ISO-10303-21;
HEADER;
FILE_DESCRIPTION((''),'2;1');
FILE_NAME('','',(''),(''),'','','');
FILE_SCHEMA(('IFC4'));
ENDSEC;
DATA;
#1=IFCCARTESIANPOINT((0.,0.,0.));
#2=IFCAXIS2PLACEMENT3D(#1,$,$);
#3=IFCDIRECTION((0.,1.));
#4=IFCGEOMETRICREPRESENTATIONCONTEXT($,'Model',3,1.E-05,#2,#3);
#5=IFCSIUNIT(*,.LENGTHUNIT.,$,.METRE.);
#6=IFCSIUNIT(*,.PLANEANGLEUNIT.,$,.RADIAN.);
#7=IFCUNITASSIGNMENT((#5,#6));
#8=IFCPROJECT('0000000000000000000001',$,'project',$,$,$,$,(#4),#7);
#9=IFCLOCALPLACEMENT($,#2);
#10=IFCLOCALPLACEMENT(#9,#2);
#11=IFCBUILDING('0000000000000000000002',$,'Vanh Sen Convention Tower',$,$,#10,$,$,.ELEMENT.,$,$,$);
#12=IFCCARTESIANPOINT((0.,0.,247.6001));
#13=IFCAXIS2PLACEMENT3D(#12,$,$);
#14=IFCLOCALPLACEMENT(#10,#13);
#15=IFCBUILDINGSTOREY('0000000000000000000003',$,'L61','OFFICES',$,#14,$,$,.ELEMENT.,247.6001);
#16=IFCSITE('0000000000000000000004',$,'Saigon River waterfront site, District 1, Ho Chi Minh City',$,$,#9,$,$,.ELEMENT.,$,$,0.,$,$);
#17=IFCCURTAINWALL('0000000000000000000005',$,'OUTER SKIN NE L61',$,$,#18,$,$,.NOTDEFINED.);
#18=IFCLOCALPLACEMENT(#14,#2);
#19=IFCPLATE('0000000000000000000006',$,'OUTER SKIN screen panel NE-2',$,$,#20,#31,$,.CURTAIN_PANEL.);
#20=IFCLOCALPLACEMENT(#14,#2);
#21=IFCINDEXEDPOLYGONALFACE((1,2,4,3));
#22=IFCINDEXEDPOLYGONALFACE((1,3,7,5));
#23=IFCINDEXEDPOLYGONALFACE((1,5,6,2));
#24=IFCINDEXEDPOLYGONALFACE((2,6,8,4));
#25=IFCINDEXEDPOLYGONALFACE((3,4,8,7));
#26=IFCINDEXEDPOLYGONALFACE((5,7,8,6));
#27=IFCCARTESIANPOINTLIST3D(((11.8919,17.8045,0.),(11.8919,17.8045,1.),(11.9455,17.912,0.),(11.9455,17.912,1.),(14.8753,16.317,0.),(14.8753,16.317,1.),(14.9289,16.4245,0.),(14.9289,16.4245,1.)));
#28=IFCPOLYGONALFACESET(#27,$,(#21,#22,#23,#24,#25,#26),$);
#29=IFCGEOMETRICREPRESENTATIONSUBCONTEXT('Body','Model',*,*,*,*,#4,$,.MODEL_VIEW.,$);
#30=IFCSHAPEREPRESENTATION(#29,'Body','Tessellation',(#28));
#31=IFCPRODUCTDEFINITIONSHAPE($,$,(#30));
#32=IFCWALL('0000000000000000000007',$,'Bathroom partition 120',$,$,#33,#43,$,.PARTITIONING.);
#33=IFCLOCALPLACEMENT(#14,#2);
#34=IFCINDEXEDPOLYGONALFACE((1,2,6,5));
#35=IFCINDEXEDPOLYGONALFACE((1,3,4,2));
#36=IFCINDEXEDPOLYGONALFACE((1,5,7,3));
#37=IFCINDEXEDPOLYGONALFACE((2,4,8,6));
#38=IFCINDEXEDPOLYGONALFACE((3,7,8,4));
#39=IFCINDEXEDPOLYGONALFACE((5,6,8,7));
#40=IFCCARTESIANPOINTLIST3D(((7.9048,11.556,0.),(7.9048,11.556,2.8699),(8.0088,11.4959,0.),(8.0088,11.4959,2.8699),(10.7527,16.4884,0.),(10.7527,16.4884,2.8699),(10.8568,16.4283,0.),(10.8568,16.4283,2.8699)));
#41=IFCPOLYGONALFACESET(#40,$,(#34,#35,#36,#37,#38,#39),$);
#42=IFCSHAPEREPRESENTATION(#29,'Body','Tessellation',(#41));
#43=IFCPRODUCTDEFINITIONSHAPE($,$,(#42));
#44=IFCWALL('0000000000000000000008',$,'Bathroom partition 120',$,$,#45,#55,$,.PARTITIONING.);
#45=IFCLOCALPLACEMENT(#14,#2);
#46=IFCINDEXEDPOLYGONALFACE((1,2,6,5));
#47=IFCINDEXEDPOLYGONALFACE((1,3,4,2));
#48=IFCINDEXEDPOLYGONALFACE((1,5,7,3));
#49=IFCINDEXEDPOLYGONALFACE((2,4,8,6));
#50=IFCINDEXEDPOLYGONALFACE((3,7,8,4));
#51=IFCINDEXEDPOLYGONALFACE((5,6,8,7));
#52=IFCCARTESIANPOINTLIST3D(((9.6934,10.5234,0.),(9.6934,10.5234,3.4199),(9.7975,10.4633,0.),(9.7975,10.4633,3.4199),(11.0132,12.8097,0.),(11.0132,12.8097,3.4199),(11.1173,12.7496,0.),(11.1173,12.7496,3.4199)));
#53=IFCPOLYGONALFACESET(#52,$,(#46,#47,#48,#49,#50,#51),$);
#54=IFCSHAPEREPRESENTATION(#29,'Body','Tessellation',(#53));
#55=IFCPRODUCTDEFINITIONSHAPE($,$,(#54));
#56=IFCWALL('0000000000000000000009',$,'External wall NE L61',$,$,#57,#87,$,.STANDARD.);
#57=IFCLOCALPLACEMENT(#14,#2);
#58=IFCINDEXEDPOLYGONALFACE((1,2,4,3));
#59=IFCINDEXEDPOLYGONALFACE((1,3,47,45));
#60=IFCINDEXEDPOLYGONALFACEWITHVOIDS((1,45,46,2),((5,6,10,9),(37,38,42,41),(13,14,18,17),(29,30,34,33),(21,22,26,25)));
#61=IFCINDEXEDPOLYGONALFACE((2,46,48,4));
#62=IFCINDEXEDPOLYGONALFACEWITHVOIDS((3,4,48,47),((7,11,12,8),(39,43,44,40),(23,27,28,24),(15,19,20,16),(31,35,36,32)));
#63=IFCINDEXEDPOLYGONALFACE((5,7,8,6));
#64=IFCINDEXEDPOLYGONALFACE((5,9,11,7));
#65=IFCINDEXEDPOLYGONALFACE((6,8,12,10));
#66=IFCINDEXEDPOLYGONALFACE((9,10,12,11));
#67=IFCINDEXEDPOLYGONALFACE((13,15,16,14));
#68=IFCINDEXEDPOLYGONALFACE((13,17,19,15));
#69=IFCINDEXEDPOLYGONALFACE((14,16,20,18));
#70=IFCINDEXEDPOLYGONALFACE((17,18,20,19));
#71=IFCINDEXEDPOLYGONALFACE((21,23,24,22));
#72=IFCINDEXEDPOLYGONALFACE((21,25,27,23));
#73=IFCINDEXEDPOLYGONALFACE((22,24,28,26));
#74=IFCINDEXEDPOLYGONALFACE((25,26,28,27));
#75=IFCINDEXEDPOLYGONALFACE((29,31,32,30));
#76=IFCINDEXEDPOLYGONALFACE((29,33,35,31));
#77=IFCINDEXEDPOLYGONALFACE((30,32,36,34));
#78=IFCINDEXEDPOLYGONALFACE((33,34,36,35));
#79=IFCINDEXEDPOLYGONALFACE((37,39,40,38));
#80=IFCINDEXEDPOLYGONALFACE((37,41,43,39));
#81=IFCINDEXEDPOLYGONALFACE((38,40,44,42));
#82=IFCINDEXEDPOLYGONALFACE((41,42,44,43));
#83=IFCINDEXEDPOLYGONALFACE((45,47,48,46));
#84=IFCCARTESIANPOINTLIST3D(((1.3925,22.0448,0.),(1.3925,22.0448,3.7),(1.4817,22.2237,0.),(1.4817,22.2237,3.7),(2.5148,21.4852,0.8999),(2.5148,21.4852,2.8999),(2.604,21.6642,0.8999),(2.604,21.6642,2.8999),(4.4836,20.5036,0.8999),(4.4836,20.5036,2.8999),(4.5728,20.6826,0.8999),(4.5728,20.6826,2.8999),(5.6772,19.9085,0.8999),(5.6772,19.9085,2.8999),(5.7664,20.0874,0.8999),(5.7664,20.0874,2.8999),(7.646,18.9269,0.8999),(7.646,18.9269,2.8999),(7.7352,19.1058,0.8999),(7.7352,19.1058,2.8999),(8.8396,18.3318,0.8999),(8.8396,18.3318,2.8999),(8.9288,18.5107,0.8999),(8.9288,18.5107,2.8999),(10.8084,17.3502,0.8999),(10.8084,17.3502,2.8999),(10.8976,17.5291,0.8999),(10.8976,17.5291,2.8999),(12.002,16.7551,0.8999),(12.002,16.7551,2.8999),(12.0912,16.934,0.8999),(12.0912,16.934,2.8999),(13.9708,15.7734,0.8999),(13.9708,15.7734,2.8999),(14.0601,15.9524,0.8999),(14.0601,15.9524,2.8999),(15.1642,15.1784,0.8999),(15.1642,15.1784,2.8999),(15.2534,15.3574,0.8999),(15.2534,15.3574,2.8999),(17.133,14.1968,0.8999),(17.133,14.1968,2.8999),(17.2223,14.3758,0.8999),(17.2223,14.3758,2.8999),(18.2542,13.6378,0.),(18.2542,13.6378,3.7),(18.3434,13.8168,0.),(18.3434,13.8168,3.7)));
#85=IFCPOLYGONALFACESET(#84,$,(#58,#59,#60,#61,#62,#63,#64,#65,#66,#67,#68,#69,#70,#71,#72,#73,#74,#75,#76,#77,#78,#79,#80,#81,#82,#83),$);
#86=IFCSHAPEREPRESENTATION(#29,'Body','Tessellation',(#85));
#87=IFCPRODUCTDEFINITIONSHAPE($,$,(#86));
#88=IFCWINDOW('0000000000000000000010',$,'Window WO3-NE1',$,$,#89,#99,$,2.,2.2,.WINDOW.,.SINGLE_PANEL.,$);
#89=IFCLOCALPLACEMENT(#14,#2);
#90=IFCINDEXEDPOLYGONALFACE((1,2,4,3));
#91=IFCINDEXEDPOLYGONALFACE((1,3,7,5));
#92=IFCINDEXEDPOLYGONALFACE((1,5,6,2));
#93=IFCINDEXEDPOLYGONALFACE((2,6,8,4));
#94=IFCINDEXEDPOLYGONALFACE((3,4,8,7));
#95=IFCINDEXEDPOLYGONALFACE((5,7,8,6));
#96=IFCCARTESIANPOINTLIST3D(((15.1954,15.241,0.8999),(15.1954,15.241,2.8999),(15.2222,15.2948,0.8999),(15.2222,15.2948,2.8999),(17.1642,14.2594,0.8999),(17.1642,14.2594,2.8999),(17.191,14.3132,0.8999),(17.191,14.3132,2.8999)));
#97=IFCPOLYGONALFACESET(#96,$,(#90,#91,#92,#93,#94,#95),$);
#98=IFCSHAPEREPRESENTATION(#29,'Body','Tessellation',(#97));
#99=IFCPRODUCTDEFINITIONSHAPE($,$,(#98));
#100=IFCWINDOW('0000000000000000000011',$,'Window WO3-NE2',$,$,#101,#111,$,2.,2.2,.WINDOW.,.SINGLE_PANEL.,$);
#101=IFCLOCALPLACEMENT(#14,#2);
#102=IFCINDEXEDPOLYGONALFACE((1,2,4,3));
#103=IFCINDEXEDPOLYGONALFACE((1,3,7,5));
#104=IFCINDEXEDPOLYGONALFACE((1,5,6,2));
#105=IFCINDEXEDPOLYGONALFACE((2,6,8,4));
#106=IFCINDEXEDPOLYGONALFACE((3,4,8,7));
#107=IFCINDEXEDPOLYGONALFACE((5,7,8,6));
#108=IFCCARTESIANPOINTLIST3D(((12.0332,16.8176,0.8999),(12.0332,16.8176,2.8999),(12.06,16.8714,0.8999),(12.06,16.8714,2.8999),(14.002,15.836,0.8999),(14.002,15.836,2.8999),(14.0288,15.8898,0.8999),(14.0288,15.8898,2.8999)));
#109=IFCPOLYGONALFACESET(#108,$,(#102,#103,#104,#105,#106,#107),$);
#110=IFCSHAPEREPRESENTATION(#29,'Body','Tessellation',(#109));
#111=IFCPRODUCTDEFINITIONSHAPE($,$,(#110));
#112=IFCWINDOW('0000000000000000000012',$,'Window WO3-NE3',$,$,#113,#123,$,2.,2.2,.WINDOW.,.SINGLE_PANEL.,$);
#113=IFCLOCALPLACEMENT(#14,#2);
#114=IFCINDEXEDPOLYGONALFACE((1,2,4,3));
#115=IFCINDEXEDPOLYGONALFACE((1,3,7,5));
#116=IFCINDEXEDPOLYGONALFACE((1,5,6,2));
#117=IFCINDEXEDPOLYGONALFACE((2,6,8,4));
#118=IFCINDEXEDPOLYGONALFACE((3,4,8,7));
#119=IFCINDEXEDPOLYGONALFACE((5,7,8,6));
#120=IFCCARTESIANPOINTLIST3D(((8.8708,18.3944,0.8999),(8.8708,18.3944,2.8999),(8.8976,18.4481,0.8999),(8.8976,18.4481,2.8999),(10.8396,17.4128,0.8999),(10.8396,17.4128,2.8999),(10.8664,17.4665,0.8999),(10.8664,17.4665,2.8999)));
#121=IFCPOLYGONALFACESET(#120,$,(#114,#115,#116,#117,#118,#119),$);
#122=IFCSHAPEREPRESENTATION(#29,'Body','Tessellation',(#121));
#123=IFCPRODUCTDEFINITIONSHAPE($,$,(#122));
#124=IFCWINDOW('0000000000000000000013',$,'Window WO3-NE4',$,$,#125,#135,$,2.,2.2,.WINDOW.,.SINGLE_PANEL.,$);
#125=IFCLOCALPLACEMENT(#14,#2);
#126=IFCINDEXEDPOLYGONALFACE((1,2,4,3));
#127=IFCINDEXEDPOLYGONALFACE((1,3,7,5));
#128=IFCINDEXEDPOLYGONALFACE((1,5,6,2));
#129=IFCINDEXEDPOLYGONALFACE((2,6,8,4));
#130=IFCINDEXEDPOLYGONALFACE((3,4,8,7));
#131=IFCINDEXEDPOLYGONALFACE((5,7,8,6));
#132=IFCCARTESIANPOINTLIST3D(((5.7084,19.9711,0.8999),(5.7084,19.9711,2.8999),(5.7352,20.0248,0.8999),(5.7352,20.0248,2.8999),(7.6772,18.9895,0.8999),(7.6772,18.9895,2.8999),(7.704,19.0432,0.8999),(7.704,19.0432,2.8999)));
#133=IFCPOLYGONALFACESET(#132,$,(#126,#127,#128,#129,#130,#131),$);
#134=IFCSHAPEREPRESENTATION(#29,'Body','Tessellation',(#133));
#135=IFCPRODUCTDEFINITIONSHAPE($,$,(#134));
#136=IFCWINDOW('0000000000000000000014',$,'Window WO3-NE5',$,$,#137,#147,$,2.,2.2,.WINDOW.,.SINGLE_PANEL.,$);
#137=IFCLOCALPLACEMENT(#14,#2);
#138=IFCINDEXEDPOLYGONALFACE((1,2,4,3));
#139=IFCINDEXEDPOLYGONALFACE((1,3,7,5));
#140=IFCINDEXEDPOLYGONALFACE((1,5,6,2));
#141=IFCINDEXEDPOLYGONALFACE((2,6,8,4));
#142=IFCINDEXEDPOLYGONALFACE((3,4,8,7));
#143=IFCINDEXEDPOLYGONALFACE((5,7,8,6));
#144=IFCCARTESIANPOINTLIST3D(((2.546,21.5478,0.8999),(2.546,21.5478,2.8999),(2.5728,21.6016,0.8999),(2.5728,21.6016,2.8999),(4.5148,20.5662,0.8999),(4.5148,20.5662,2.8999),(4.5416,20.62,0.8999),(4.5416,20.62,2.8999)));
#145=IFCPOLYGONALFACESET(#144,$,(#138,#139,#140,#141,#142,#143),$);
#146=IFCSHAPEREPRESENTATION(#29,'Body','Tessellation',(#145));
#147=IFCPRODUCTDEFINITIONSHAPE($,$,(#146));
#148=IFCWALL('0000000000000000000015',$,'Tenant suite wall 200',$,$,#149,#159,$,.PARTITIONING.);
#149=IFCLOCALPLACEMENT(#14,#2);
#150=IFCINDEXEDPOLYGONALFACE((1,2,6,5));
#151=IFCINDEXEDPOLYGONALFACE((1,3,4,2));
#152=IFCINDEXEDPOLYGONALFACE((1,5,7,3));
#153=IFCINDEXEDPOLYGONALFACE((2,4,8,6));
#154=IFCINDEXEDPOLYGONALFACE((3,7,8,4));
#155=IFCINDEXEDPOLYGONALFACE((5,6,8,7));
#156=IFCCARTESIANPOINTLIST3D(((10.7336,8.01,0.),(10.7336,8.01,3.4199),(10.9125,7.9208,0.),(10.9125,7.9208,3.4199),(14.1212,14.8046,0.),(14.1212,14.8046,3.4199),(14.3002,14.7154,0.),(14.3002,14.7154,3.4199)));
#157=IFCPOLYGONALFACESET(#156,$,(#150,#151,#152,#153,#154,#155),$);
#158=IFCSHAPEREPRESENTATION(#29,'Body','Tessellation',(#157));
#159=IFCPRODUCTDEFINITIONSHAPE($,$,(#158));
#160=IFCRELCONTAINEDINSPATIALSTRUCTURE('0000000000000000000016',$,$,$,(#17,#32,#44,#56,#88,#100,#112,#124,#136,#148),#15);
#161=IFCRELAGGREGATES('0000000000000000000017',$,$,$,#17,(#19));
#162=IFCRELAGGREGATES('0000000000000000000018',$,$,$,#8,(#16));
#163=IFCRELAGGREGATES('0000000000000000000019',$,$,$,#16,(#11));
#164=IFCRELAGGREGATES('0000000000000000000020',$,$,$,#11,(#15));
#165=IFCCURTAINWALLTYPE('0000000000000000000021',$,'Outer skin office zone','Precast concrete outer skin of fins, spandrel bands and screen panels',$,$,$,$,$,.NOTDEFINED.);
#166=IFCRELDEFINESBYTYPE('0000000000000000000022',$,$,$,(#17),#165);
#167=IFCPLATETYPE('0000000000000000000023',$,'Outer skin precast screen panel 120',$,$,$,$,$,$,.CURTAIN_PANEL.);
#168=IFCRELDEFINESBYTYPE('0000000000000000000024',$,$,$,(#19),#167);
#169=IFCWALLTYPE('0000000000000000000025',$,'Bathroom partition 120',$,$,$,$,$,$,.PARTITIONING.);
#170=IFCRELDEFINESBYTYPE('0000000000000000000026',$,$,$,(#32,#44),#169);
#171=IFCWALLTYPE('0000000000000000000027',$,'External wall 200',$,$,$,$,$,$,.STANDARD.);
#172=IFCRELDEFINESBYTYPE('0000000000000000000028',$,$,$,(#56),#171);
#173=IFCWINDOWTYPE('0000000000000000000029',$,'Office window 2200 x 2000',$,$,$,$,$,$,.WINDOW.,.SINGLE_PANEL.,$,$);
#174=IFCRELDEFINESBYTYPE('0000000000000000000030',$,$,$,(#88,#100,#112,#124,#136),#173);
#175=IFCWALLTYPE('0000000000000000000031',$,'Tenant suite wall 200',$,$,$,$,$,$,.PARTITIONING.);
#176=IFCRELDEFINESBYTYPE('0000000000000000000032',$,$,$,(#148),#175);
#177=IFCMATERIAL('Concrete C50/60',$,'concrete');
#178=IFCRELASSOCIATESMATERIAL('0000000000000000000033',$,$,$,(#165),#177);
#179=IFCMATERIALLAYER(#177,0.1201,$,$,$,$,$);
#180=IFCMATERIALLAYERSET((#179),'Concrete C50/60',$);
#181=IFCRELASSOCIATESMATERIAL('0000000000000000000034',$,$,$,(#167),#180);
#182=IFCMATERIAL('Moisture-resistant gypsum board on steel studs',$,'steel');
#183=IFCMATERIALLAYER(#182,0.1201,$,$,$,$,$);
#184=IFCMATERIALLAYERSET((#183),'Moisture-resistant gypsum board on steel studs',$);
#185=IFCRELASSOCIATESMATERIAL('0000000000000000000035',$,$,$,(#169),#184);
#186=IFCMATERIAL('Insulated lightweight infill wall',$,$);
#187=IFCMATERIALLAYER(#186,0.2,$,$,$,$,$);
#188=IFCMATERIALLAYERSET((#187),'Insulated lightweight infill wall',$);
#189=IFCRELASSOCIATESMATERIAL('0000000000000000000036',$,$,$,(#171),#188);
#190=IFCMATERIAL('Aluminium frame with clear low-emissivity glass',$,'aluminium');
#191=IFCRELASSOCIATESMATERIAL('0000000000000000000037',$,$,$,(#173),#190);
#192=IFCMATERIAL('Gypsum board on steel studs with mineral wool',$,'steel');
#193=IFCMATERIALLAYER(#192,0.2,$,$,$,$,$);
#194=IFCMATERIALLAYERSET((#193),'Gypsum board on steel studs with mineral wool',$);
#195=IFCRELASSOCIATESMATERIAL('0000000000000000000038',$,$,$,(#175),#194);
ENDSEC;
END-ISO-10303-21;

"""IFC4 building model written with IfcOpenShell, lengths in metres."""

from ifc_helpers import new_model, si_unit, direction, frame, frame_2d, origin, origin_2d, place, context, subcontext, project, spatial, rectangle, extrude, material, layer, layer_set, type_object, element, fill, aggregate, save


model = new_model("IFC4")

# Units and contexts
model_context = context("Model", 3, precision=1e-05, world=origin(), true_north=direction((0.0, 1.0)))
body_context = subcontext(model_context, "Body", "Model", "MODEL_VIEW")
ifc_project = project(units=[si_unit("LENGTHUNIT", "METRE"), si_unit("PLANEANGLEUNIT", "RADIAN")], contexts=[model_context])

# Site, building, storey
site_placement = place(None, origin())
site = spatial("IfcSite", under=ifc_project, at=site_placement, Name="Saigon River waterfront site, District 1, Ho Chi Minh City", CompositionType="ELEMENT", RefElevation=0.0)
building_placement = place(site_placement, origin())
building = spatial("IfcBuilding", under=site, at=building_placement, Name="Vanh Sen Convention Tower", CompositionType="ELEMENT")
storey_placement = place(building_placement, frame((0.0, 0.0, 247.6001)))
storey = spatial("IfcBuildingStorey", under=building, at=storey_placement, Name="L61", Description="OFFICES", CompositionType="ELEMENT", Elevation=247.6001)

# Curtain wall
ifc_material_1 = material(Name="Concrete C50/60", Category="concrete")
curtain_wall_type = type_object("IfcCurtainWallType", Name="Outer skin office zone", Description="Precast concrete outer skin of fins, spandrel bands and screen panels", PredefinedType="NOTDEFINED", material=ifc_material_1)
curtain_wall_1_placement = place(storey_placement, origin())
curtain_wall_1 = element("IfcCurtainWall", 1, at=curtain_wall_1_placement, inside=storey, type_object=curtain_wall_type, Name="OUTER SKIN NE L61", PredefinedType="NOTDEFINED")

# Shared definitions
ifc_layer_1 = layer(ifc_material_1, 0.1201)
ifc_layer_set_1 = layer_set([ifc_layer_1], Name="Concrete C50/60")
plate_type = type_object("IfcPlateType", Name="Outer skin precast screen panel 120", PredefinedType="CURTAIN_PANEL", material=ifc_layer_set_1)

# Plate
plate_1_placement = place(storey_placement, frame((13.4104, 17.1145, 0.0), z_axis=(0.0, 0.0, 1.0), x_axis=(-0.894936, 0.446195, 0.0)))
plate_1 = element("IfcPlate", 2, at=plate_1_placement, type_object=plate_type, Name="OUTER SKIN screen panel NE-2", PredefinedType="CURTAIN_PANEL", context=body_context, shape_type="SweptSolid", body=[
    extrude(rectangle(XDim=3.3337, YDim=0.1201, at=origin_2d()), origin(), (0.0, 0.0, 1.0), 1.0),
])
aggregate(curtain_wall_1, [plate_1])

# Walls
ifc_material_2 = material(Name="Moisture-resistant gypsum board on steel studs", Category="steel")
ifc_layer_2 = layer(ifc_material_2, 0.1201)
ifc_layer_set_2 = layer_set([ifc_layer_2], Name="Moisture-resistant gypsum board on steel studs")
wall_type_1 = type_object("IfcWallType", Name="Bathroom partition 120", PredefinedType="PARTITIONING", material=ifc_layer_set_2)
wall_1_placement = place(storey_placement, frame((10.8047, 16.4583, 0.0), z_axis=(0.0, 0.0, 1.0), x_axis=(-0.500025, -0.866011, 0.0)))
element("IfcWall", 3, at=wall_1_placement, inside=storey, type_object=wall_type_1, Name="Bathroom partition 120", PredefinedType="PARTITIONING", context=body_context, shape_type="SweptSolid", body=[
    extrude(rectangle(XDim=5.6956, YDim=0.1201, at=frame_2d((2.8477, 0.0))), origin(), (0.0, 0.0, 1.0), 2.8699),
])
wall_2_placement = place(storey_placement, frame((11.0652, 12.7795, 0.0), z_axis=(0.0, 0.0, 1.0), x_axis=(-0.499939, -0.866061, 0.0)))
element("IfcWall", 4, at=wall_2_placement, inside=storey, type_object=wall_type_1, Name="Bathroom partition 120", PredefinedType="PARTITIONING", context=body_context, shape_type="SweptSolid", body=[
    extrude(rectangle(XDim=2.6399, YDim=0.1201, at=frame_2d((1.3198, 0.0))), origin(), (0.0, 0.0, 1.0), 3.4199),
])

# Wall, openings, windows
ifc_material_3 = material(Name="Insulated lightweight infill wall")
ifc_layer_3 = layer(ifc_material_3, 0.2)
ifc_layer_set_3 = layer_set([ifc_layer_3], Name="Insulated lightweight infill wall")
wall_type_2 = type_object("IfcWallType", Name="External wall 200", PredefinedType="STANDARD", material=ifc_layer_set_3)
wall_3_placement = place(storey_placement, frame((18.2988, 13.7273, 0.0), z_axis=(0.0, 0.0, 1.0), x_axis=(-0.894935, 0.446197, 0.0)))
wall_3 = element("IfcWall", 5, at=wall_3_placement, inside=storey, type_object=wall_type_2, Name="External wall NE L61", PredefinedType="STANDARD", context=body_context, shape_type="SweptSolid", body=[
    extrude(rectangle(XDim=18.8413, YDim=0.2, at=frame_2d((9.4207, 0.0))), origin(), (0.0, 0.0, 1.0), 3.7),
])
opening_1_placement = place(wall_3_placement, frame((1.2527, 0.0, 0.8999)))
opening_1 = element("IfcOpeningElement", 6, at=opening_1_placement, cuts=wall_3, PredefinedType="OPENING", context=body_context, shape_type="SweptSolid", body=[
    extrude(rectangle(XDim=2.2, YDim=2.0, at=frame_2d((1.1001, 1.0))), frame((0.0, 0.1099, 0.0), z_axis=(0.0, -1.0, 0.0), x_axis=(1.0, 0.0, 0.0)), (0.0, 0.0, 1.0), 0.22),
])
opening_2_placement = place(wall_3_placement, frame((4.7861, 0.0, 0.8999)))
opening_2 = element("IfcOpeningElement", 7, at=opening_2_placement, cuts=wall_3, PredefinedType="OPENING", context=body_context, shape_type="SweptSolid", body=[
    extrude(rectangle(XDim=2.2, YDim=2.0, at=frame_2d((1.1001, 1.0))), frame((0.0, 0.1099, 0.0), z_axis=(0.0, -1.0, 0.0), x_axis=(1.0, 0.0, 0.0)), (0.0, 0.0, 1.0), 0.22),
])
opening_3_placement = place(wall_3_placement, frame((8.3198, 0.0, 0.8999)))
opening_3 = element("IfcOpeningElement", 8, at=opening_3_placement, cuts=wall_3, PredefinedType="OPENING", context=body_context, shape_type="SweptSolid", body=[
    extrude(rectangle(XDim=2.2, YDim=2.0, at=frame_2d((1.1001, 1.0))), frame((0.0, 0.1099, 0.0), z_axis=(0.0, -1.0, 0.0), x_axis=(1.0, 0.0, 0.0)), (0.0, 0.0, 1.0), 0.22),
])
opening_4_placement = place(wall_3_placement, frame((11.8535, 0.0, 0.8999)))
opening_4 = element("IfcOpeningElement", 9, at=opening_4_placement, cuts=wall_3, PredefinedType="OPENING", context=body_context, shape_type="SweptSolid", body=[
    extrude(rectangle(XDim=2.2, YDim=2.0, at=frame_2d((1.1001, 1.0))), frame((0.0, 0.1099, 0.0), z_axis=(0.0, -1.0, 0.0), x_axis=(1.0, 0.0, 0.0)), (0.0, 0.0, 1.0), 0.22),
])
opening_5_placement = place(wall_3_placement, frame((15.3872, 0.0, 0.8999)))
opening_5 = element("IfcOpeningElement", 10, at=opening_5_placement, cuts=wall_3, PredefinedType="OPENING", context=body_context, shape_type="SweptSolid", body=[
    extrude(rectangle(XDim=2.2, YDim=2.0, at=frame_2d((1.1001, 1.0))), frame((0.0, 0.1099, 0.0), z_axis=(0.0, -1.0, 0.0), x_axis=(1.0, 0.0, 0.0)), (0.0, 0.0, 1.0), 0.22),
])
ifc_material_4 = material(Name="Aluminium frame with clear low-emissivity glass", Category="aluminium")
window_type = type_object("IfcWindowType", Name="Office window 2200 x 2000", PartitioningType="SINGLE_PANEL", PredefinedType="WINDOW", material=ifc_material_4)
window_1_placement = place(opening_1_placement, origin())
window_1 = element("IfcWindow", 11, at=window_1_placement, inside=storey, type_object=window_type, Name="Window WO3-NE1", OverallHeight=2.0, OverallWidth=2.2, PartitioningType="SINGLE_PANEL", PredefinedType="WINDOW", context=body_context, shape_type="SweptSolid", body=[
    extrude(rectangle(XDim=2.2, YDim=2.0, at=frame_2d((1.1001, 1.0))), frame((0.0, 0.03, 0.0), z_axis=(0.0, -1.0, 0.0), x_axis=(1.0, 0.0, 0.0)), (0.0, 0.0, 1.0), 0.0601),
])
fill(opening_1, window_1)
window_2_placement = place(opening_2_placement, origin())
window_2 = element("IfcWindow", 12, at=window_2_placement, inside=storey, type_object=window_type, Name="Window WO3-NE2", OverallHeight=2.0, OverallWidth=2.2, PartitioningType="SINGLE_PANEL", PredefinedType="WINDOW", context=body_context, shape_type="SweptSolid", body=[
    extrude(rectangle(XDim=2.2, YDim=2.0, at=frame_2d((1.1001, 1.0))), frame((0.0, 0.03, 0.0), z_axis=(0.0, -1.0, 0.0), x_axis=(1.0, 0.0, 0.0)), (0.0, 0.0, 1.0), 0.0601),
])
fill(opening_2, window_2)
window_3_placement = place(opening_3_placement, origin())
window_3 = element("IfcWindow", 13, at=window_3_placement, inside=storey, type_object=window_type, Name="Window WO3-NE3", OverallHeight=2.0, OverallWidth=2.2, PartitioningType="SINGLE_PANEL", PredefinedType="WINDOW", context=body_context, shape_type="SweptSolid", body=[
    extrude(rectangle(XDim=2.2, YDim=2.0, at=frame_2d((1.1001, 1.0))), frame((0.0, 0.03, 0.0), z_axis=(0.0, -1.0, 0.0), x_axis=(1.0, 0.0, 0.0)), (0.0, 0.0, 1.0), 0.0601),
])
fill(opening_3, window_3)
window_4_placement = place(opening_4_placement, origin())
window_4 = element("IfcWindow", 14, at=window_4_placement, inside=storey, type_object=window_type, Name="Window WO3-NE4", OverallHeight=2.0, OverallWidth=2.2, PartitioningType="SINGLE_PANEL", PredefinedType="WINDOW", context=body_context, shape_type="SweptSolid", body=[
    extrude(rectangle(XDim=2.2, YDim=2.0, at=frame_2d((1.1001, 1.0))), frame((0.0, 0.03, 0.0), z_axis=(0.0, -1.0, 0.0), x_axis=(1.0, 0.0, 0.0)), (0.0, 0.0, 1.0), 0.0601),
])
fill(opening_4, window_4)
window_5_placement = place(opening_5_placement, origin())
window_5 = element("IfcWindow", 15, at=window_5_placement, inside=storey, type_object=window_type, Name="Window WO3-NE5", OverallHeight=2.0, OverallWidth=2.2, PartitioningType="SINGLE_PANEL", PredefinedType="WINDOW", context=body_context, shape_type="SweptSolid", body=[
    extrude(rectangle(XDim=2.2, YDim=2.0, at=frame_2d((1.1001, 1.0))), frame((0.0, 0.03, 0.0), z_axis=(0.0, -1.0, 0.0), x_axis=(1.0, 0.0, 0.0)), (0.0, 0.0, 1.0), 0.0601),
])
fill(opening_5, window_5)

# Wall
ifc_material_5 = material(Name="Gypsum board on steel studs with mineral wool", Category="steel")
ifc_layer_4 = layer(ifc_material_5, 0.2)
ifc_layer_set_4 = layer_set([ifc_layer_4], Name="Gypsum board on steel studs with mineral wool")
wall_type_3 = type_object("IfcWallType", Name="Tenant suite wall 200", PredefinedType="PARTITIONING", material=ifc_layer_set_4)
wall_4_placement = place(storey_placement, frame((14.2107, 14.76, 0.0), z_axis=(0.0, 0.0, 1.0), x_axis=(-0.446197, -0.894935, 0.0)))
element("IfcWall", 16, at=wall_4_placement, inside=storey, type_object=wall_type_3, Name="Tenant suite wall 200", PredefinedType="PARTITIONING", context=body_context, shape_type="SweptSolid", body=[
    extrude(rectangle(XDim=7.5923, YDim=0.2, at=frame_2d((3.7961, 0.0))), origin(), (0.0, 0.0, 1.0), 3.4199),
])

save(model, "model.ifc")
